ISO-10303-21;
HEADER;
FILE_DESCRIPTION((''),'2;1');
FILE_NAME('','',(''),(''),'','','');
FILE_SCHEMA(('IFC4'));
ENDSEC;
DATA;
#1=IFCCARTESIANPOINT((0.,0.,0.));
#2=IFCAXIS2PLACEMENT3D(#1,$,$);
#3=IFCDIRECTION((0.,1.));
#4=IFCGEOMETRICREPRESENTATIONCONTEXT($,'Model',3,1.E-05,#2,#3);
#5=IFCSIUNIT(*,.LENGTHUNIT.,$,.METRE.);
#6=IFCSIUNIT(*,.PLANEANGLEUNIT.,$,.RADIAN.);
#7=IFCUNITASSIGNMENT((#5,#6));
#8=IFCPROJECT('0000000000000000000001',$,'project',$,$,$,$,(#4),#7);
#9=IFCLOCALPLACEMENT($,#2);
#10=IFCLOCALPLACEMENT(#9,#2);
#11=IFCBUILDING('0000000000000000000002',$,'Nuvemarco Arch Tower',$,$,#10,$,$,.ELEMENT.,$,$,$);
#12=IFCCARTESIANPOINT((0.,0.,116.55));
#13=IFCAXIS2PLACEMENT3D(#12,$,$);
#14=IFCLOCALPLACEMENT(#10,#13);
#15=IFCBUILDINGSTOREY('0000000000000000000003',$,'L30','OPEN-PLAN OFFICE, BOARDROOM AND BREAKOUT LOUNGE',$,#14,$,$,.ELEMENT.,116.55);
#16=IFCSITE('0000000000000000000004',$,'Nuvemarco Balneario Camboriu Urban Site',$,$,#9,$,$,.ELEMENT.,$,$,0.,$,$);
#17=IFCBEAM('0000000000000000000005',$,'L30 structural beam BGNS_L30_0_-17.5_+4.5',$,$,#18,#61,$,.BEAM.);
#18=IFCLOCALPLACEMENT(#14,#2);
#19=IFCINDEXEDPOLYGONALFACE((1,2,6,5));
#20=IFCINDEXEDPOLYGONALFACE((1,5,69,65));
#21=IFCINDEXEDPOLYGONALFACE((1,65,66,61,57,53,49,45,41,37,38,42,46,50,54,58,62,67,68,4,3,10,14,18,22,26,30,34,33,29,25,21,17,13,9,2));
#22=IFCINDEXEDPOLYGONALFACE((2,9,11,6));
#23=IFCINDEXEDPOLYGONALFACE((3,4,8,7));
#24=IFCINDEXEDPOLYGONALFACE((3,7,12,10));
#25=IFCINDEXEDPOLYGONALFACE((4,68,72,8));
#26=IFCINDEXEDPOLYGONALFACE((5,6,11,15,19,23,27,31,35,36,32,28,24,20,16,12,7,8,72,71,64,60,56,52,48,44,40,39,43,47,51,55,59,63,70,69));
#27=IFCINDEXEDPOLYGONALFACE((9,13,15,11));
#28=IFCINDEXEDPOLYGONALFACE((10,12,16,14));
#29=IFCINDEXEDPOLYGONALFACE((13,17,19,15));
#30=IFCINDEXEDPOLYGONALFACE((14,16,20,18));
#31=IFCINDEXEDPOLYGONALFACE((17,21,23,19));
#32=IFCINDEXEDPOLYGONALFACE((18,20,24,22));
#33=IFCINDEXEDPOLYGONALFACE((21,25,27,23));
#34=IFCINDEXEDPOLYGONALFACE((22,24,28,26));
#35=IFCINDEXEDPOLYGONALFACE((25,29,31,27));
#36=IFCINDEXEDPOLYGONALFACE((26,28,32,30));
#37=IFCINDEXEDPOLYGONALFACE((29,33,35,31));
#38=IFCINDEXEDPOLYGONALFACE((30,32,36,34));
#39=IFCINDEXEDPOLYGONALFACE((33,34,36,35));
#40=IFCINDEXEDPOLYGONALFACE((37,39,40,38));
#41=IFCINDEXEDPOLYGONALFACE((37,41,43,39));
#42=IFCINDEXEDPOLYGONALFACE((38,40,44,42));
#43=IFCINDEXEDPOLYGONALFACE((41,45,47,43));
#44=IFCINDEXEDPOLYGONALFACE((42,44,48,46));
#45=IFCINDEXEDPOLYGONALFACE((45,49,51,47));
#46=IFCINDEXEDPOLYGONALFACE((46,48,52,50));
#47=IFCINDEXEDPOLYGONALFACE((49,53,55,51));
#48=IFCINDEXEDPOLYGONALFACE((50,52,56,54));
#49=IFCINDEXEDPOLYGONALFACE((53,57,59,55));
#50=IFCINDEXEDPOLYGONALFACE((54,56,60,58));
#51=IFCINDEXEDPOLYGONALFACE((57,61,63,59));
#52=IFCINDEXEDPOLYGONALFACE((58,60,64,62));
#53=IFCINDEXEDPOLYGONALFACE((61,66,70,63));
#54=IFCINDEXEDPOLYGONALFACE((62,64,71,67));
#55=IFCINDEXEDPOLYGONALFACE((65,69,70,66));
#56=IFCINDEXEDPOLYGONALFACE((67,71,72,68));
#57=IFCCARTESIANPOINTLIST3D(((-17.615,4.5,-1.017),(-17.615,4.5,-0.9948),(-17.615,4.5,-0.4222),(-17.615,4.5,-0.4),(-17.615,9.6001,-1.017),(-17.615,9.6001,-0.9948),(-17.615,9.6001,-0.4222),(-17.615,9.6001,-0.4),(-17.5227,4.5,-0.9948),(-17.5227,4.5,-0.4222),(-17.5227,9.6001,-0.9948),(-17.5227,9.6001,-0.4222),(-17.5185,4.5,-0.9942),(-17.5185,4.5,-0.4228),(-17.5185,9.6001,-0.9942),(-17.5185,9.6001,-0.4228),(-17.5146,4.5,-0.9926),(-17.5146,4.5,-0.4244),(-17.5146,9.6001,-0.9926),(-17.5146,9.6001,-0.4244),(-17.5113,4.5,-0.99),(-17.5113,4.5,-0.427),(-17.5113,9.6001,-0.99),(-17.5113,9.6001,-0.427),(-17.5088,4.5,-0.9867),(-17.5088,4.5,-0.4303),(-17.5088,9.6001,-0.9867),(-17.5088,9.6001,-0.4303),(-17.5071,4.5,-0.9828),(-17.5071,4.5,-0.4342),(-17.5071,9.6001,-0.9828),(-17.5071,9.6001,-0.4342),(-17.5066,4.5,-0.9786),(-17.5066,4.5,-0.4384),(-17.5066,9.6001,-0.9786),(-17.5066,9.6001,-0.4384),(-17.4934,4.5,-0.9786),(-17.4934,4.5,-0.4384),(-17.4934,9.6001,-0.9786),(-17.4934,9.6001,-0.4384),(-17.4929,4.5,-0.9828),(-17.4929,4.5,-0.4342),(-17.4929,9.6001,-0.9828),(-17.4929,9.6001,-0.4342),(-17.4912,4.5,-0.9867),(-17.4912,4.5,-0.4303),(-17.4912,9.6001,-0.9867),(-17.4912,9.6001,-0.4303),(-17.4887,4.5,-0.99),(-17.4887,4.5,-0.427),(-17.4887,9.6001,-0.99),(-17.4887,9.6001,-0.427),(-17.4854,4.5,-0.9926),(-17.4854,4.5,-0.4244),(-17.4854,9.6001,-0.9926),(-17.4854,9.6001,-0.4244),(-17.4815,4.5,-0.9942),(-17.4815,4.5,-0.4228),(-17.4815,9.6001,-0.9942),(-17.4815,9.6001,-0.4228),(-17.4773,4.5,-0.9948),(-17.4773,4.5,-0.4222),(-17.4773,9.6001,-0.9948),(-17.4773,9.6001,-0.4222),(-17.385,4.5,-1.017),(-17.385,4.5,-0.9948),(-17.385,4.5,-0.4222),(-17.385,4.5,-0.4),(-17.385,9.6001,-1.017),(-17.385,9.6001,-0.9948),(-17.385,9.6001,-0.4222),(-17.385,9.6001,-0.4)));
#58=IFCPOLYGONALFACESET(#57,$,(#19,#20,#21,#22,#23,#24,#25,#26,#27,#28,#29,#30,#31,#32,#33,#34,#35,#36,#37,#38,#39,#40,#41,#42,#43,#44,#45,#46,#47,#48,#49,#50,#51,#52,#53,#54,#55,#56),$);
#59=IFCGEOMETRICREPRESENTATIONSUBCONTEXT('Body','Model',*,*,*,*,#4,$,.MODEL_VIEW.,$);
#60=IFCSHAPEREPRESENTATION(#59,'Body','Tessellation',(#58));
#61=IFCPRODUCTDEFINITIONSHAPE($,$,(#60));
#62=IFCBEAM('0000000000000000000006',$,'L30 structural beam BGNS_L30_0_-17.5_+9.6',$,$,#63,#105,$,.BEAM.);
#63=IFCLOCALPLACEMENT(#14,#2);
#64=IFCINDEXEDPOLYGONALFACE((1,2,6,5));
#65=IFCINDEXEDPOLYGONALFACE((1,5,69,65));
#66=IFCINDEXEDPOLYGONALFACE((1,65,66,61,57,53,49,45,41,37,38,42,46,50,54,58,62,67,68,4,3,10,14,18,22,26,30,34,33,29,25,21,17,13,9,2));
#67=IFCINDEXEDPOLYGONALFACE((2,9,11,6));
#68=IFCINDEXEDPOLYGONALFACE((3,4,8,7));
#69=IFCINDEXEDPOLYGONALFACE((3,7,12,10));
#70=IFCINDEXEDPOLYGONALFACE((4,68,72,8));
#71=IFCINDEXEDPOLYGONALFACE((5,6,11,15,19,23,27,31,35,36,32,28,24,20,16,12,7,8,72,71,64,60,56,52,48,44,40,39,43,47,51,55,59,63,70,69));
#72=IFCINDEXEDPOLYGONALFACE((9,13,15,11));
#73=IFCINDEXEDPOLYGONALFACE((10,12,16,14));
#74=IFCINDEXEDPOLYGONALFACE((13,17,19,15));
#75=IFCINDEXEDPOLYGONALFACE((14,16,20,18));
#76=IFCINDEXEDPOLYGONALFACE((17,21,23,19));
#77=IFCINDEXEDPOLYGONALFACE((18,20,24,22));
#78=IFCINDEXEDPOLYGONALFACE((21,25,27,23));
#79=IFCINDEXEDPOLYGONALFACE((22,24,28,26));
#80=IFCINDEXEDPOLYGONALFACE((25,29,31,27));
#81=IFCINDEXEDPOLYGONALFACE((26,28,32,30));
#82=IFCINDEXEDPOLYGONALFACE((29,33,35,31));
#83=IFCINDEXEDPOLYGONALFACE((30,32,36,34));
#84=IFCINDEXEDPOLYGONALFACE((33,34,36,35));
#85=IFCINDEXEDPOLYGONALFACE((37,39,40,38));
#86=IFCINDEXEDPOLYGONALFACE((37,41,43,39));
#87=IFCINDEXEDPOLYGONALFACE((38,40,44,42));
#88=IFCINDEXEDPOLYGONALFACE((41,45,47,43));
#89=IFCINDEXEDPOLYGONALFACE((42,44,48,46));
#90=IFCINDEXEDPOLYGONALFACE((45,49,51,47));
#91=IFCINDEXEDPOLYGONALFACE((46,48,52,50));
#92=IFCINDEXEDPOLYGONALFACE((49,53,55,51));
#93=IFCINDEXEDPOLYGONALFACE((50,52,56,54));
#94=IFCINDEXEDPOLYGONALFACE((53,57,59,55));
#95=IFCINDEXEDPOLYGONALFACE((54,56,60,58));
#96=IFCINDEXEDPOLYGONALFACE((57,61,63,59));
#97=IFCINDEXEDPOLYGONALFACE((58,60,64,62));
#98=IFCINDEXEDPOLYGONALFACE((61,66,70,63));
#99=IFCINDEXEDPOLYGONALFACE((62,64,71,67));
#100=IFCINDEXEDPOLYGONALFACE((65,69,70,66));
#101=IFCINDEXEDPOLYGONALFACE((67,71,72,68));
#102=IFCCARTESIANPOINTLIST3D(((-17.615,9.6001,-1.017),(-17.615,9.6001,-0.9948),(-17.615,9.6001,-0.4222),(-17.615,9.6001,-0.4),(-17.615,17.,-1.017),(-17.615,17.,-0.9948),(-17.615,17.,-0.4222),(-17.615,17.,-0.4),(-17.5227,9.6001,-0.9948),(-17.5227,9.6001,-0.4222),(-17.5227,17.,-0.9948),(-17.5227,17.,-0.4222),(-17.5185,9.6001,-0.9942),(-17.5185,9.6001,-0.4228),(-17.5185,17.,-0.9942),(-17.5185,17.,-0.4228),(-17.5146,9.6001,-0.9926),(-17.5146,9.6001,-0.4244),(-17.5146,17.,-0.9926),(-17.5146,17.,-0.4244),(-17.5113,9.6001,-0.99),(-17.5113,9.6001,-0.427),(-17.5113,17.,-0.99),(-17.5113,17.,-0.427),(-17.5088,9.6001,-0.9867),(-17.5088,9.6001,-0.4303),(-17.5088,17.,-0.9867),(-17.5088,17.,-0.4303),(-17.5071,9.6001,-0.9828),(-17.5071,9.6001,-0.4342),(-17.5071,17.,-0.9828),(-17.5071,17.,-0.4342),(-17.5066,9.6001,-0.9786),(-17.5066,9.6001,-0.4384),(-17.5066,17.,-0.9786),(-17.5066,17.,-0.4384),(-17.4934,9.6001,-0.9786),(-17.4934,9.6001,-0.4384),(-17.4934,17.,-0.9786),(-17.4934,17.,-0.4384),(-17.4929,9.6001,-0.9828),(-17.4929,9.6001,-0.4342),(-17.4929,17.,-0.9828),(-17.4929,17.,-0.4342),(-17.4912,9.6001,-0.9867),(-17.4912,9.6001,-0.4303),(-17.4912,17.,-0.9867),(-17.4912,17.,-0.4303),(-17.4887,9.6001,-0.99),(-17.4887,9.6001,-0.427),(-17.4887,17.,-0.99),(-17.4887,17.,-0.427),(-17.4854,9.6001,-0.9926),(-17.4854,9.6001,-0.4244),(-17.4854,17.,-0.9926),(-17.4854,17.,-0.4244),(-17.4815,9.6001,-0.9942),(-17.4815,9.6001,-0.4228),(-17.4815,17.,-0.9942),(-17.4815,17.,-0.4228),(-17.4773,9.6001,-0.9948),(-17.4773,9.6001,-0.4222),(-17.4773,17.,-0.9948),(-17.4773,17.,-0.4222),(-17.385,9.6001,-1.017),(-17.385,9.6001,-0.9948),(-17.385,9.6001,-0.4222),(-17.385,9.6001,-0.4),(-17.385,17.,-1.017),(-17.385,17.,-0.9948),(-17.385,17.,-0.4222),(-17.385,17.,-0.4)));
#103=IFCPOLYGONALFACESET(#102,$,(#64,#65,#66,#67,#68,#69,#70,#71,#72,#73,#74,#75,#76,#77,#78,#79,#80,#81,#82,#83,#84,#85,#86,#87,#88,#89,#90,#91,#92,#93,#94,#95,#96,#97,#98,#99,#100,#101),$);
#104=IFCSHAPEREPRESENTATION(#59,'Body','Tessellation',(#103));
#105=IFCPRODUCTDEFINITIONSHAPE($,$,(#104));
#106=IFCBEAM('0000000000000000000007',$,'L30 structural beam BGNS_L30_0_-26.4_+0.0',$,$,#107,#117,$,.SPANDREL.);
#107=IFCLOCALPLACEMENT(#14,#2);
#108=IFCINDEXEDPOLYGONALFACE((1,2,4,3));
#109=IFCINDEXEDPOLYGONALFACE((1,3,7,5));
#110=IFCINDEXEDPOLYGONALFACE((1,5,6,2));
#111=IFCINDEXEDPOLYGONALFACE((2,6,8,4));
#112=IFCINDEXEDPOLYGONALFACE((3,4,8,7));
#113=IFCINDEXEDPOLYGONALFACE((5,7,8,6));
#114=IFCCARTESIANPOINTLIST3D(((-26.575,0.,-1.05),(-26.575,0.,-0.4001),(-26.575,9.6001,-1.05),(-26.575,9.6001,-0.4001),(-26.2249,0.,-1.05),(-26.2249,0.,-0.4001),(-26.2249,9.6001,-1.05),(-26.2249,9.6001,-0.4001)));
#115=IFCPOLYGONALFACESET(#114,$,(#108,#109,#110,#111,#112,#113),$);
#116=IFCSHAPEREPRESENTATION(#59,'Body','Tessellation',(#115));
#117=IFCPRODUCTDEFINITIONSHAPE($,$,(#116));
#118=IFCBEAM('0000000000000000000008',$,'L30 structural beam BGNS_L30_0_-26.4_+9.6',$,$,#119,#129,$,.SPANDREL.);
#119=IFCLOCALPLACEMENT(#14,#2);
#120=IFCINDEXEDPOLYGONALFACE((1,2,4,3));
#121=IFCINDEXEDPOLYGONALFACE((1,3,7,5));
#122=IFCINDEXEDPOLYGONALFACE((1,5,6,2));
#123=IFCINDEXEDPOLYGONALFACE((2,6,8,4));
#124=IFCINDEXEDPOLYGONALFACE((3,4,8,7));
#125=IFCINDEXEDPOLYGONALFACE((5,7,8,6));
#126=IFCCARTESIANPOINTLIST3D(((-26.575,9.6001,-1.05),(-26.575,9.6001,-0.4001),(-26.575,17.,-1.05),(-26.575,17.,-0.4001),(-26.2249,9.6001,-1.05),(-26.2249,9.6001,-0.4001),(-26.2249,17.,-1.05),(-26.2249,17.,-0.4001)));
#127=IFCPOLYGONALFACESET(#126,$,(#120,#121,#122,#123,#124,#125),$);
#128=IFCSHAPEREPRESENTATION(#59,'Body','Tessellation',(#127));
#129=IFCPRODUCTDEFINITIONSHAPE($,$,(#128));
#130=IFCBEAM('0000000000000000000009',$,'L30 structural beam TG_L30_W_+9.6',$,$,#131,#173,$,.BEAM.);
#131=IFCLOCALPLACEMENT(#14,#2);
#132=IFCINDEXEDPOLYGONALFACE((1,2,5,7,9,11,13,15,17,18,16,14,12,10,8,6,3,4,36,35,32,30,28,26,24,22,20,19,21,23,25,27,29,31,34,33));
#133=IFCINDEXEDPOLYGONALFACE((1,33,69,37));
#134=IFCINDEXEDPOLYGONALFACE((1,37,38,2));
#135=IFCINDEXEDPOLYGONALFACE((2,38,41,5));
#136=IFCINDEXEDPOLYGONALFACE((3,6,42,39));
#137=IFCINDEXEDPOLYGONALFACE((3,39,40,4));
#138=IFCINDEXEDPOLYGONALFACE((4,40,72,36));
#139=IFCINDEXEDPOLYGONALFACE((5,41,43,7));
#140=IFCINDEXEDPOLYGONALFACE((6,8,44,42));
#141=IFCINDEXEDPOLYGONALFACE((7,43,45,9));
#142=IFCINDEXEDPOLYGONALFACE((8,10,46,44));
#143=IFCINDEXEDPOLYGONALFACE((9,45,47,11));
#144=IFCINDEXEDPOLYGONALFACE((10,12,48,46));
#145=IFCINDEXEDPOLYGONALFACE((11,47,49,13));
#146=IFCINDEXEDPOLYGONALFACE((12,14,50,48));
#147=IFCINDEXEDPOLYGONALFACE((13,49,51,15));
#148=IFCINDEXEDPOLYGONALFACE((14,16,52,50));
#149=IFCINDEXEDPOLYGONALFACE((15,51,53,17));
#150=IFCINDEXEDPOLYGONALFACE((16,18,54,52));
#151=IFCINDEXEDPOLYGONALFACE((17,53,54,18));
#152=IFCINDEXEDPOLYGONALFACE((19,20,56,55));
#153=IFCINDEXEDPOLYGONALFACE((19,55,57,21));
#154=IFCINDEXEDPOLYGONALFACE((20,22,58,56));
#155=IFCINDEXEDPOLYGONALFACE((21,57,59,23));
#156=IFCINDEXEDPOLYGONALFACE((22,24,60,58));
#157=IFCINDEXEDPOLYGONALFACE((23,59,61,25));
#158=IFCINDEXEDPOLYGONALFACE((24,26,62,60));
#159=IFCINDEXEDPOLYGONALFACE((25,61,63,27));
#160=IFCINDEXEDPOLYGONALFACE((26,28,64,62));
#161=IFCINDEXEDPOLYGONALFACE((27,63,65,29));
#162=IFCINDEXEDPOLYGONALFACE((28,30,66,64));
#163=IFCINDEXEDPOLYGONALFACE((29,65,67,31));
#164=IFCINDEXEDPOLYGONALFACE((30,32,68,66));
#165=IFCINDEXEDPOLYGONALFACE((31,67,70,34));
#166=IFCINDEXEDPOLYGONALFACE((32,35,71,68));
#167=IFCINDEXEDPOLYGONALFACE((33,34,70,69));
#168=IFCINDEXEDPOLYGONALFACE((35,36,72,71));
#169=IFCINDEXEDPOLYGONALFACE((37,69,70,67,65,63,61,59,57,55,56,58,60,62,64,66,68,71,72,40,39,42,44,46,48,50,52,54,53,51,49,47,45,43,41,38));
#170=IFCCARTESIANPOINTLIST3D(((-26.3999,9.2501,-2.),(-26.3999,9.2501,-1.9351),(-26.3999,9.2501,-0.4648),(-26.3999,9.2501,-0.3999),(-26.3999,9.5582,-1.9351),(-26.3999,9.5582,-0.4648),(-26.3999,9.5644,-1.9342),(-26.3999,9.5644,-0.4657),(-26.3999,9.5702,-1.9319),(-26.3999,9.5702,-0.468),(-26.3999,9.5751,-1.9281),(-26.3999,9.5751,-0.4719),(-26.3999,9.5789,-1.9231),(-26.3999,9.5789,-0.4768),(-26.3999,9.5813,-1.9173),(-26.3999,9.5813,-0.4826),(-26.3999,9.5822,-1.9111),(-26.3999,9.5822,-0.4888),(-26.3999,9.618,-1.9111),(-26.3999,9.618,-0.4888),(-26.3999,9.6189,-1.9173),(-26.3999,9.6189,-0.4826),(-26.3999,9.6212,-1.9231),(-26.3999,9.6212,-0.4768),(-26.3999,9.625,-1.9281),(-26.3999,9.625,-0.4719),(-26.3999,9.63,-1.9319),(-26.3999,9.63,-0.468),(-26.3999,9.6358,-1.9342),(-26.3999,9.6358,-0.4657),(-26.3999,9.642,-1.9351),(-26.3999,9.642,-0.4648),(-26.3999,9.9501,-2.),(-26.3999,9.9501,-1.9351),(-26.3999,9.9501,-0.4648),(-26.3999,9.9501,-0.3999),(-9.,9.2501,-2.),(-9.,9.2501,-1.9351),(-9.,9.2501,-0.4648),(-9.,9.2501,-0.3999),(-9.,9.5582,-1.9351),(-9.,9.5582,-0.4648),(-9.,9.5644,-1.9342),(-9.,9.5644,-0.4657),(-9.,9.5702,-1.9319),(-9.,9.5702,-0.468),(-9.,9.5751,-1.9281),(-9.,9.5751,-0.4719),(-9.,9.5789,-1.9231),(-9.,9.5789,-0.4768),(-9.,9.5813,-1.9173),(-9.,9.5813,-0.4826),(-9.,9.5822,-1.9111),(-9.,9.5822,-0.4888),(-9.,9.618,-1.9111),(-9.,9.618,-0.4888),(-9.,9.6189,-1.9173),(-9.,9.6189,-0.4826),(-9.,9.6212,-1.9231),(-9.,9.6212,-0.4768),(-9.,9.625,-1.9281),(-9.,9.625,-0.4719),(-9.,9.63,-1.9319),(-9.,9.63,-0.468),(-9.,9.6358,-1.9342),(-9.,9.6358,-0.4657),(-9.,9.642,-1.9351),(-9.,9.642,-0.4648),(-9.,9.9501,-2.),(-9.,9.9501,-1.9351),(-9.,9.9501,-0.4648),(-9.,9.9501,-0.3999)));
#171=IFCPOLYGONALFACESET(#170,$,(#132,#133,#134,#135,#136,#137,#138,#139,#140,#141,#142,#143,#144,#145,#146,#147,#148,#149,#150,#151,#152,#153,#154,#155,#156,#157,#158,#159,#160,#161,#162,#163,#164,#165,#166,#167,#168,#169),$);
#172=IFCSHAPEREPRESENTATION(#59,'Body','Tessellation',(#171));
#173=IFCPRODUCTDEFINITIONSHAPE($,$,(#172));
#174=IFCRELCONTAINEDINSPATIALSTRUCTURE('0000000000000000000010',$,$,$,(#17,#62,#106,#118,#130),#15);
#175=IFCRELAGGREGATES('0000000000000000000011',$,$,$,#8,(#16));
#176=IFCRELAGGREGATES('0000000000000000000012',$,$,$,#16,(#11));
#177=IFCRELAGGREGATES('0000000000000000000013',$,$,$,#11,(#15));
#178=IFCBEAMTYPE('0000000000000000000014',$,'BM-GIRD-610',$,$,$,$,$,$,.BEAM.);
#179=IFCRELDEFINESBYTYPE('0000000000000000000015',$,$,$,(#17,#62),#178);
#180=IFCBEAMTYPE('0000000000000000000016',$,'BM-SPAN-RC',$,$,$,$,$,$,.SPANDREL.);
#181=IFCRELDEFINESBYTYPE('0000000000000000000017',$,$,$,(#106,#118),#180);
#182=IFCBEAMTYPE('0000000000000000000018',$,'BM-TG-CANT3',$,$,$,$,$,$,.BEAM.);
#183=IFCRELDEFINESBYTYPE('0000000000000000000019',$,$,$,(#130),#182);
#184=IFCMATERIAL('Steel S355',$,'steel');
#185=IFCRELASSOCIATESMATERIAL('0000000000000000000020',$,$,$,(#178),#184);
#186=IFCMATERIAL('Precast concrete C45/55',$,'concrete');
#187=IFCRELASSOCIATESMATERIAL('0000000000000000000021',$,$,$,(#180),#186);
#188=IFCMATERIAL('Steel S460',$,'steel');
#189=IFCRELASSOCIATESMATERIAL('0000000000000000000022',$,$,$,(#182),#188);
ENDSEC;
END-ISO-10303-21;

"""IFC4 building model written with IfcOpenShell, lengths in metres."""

from ifc_helpers import new_model, si_unit, direction, frame, origin, origin_2d, place, context, subcontext, project, spatial, rectangle, i_section, extrude, material, material_profile, profile_set, type_object, element, save


model = new_model("IFC4")

# Units and contexts
model_context = context("Model", 3, precision=1e-05, world=origin(), true_north=direction((0.0, 1.0)))
body_context = subcontext(model_context, "Body", "Model", "MODEL_VIEW")
ifc_project = project(units=[si_unit("LENGTHUNIT", "METRE"), si_unit("PLANEANGLEUNIT", "RADIAN")], contexts=[model_context])

# Site, building, storey
site_placement = place(None, origin())
site = spatial("IfcSite", under=ifc_project, at=site_placement, Name="Nuvemarco Balneario Camboriu Urban Site", CompositionType="ELEMENT", RefElevation=0.0)
building_placement = place(site_placement, origin())
building = spatial("IfcBuilding", under=site, at=building_placement, Name="Nuvemarco Arch Tower", CompositionType="ELEMENT")
storey_placement = place(building_placement, frame((0.0, 0.0, 116.55)))
storey = spatial("IfcBuildingStorey", under=building, at=storey_placement, Name="L30", Description="OPEN-PLAN OFFICE, BOARDROOM AND BREAKOUT LOUNGE", CompositionType="ELEMENT", Elevation=116.55)

# Shared definitions
ifc_material_1 = material(Name="Steel S355", Category="steel")

# Beams
ifc_material_profile_1 = material_profile(ifc_material_1, i_section(OverallWidth=0.23, OverallDepth=0.6169, WebThickness=0.0132, FlangeThickness=0.0222, FilletRadius=0.0161, at=origin_2d()), Name="W610x140")
ifc_profile_set_1 = profile_set([ifc_material_profile_1], Name="Steel S355")
beam_type_1 = type_object("IfcBeamType", Name="BM-GIRD-610", PredefinedType="BEAM", material=ifc_profile_set_1)
beam_1_placement = place(storey_placement, frame((-17.5, 4.5, -0.7085), z_axis=(0.0, 1.0, 0.0), x_axis=(-1.0, 0.0, 0.0)))
element("IfcBeam", 1, at=beam_1_placement, inside=storey, type_object=beam_type_1, Name="L30 structural beam BGNS_L30_0_-17.5_+4.5", PredefinedType="BEAM", context=body_context, shape_type="SweptSolid", body=[
    extrude(i_section(OverallWidth=0.23, OverallDepth=0.6169, WebThickness=0.0132, FlangeThickness=0.0222, FilletRadius=0.0161, at=origin_2d()), origin(), (0.0, 0.0, 1.0), 5.1001),
])
beam_2_placement = place(storey_placement, frame((-17.5, 9.6001, -0.7085), z_axis=(0.0, 1.0, 0.0), x_axis=(-1.0, 0.0, 0.0)))
element("IfcBeam", 2, at=beam_2_placement, inside=storey, type_object=beam_type_1, Name="L30 structural beam BGNS_L30_0_-17.5_+9.6", PredefinedType="BEAM", context=body_context, shape_type="SweptSolid", body=[
    extrude(i_section(OverallWidth=0.23, OverallDepth=0.6169, WebThickness=0.0132, FlangeThickness=0.0222, FilletRadius=0.0161, at=origin_2d()), origin(), (0.0, 0.0, 1.0), 7.3999),
])
ifc_material_2 = material(Name="Precast concrete C45/55", Category="concrete")
ifc_material_profile_2 = material_profile(ifc_material_2, rectangle(XDim=0.3501, YDim=0.6499, at=origin_2d()), Name="PC-SP-350x650")
ifc_profile_set_2 = profile_set([ifc_material_profile_2], Name="Precast concrete C45/55")
beam_type_2 = type_object("IfcBeamType", Name="BM-SPAN-RC", PredefinedType="SPANDREL", material=ifc_profile_set_2)
beam_3_placement = place(storey_placement, frame((-26.3999, 0.0, -0.7251), z_axis=(0.0, 1.0, 0.0), x_axis=(-1.0, 0.0, 0.0)))
element("IfcBeam", 3, at=beam_3_placement, inside=storey, type_object=beam_type_2, Name="L30 structural beam BGNS_L30_0_-26.4_+0.0", PredefinedType="SPANDREL", context=body_context, shape_type="SweptSolid", body=[
    extrude(rectangle(XDim=0.3501, YDim=0.6499, at=origin_2d()), origin(), (0.0, 0.0, 1.0), 9.6001),
])
beam_4_placement = place(storey_placement, frame((-26.3999, 9.6001, -0.7251), z_axis=(0.0, 1.0, 0.0), x_axis=(-1.0, 0.0, 0.0)))
element("IfcBeam", 4, at=beam_4_placement, inside=storey, type_object=beam_type_2, Name="L30 structural beam BGNS_L30_0_-26.4_+9.6", PredefinedType="SPANDREL", context=body_context, shape_type="SweptSolid", body=[
    extrude(rectangle(XDim=0.3501, YDim=0.6499, at=origin_2d()), origin(), (0.0, 0.0, 1.0), 7.3999),
])
ifc_material_3 = material(Name="Steel S460", Category="steel")
ifc_material_profile_3 = material_profile(ifc_material_3, i_section(OverallWidth=0.7, OverallDepth=1.6001, WebThickness=0.0359, FlangeThickness=0.0649, FilletRadius=0.0239, at=origin_2d()), Name="PG1600x700")
ifc_profile_set_3 = profile_set([ifc_material_profile_3], Name="Steel S460")
beam_type_3 = type_object("IfcBeamType", Name="BM-TG-CANT3", PredefinedType="BEAM", material=ifc_profile_set_3)
beam_5_placement = place(storey_placement, frame((-26.3999, 9.6001, -1.2), z_axis=(1.0, 0.0, 0.0), x_axis=(0.0, 1.0, 0.0)))
element("IfcBeam", 5, at=beam_5_placement, inside=storey, type_object=beam_type_3, Name="L30 structural beam TG_L30_W_+9.6", PredefinedType="BEAM", context=body_context, shape_type="SweptSolid", body=[
    extrude(i_section(OverallWidth=0.7, OverallDepth=1.6001, WebThickness=0.0359, FlangeThickness=0.0649, FilletRadius=0.0239, at=origin_2d()), origin(), (0.0, 0.0, 1.0), 17.3999),
])

save(model, "model.ifc")
